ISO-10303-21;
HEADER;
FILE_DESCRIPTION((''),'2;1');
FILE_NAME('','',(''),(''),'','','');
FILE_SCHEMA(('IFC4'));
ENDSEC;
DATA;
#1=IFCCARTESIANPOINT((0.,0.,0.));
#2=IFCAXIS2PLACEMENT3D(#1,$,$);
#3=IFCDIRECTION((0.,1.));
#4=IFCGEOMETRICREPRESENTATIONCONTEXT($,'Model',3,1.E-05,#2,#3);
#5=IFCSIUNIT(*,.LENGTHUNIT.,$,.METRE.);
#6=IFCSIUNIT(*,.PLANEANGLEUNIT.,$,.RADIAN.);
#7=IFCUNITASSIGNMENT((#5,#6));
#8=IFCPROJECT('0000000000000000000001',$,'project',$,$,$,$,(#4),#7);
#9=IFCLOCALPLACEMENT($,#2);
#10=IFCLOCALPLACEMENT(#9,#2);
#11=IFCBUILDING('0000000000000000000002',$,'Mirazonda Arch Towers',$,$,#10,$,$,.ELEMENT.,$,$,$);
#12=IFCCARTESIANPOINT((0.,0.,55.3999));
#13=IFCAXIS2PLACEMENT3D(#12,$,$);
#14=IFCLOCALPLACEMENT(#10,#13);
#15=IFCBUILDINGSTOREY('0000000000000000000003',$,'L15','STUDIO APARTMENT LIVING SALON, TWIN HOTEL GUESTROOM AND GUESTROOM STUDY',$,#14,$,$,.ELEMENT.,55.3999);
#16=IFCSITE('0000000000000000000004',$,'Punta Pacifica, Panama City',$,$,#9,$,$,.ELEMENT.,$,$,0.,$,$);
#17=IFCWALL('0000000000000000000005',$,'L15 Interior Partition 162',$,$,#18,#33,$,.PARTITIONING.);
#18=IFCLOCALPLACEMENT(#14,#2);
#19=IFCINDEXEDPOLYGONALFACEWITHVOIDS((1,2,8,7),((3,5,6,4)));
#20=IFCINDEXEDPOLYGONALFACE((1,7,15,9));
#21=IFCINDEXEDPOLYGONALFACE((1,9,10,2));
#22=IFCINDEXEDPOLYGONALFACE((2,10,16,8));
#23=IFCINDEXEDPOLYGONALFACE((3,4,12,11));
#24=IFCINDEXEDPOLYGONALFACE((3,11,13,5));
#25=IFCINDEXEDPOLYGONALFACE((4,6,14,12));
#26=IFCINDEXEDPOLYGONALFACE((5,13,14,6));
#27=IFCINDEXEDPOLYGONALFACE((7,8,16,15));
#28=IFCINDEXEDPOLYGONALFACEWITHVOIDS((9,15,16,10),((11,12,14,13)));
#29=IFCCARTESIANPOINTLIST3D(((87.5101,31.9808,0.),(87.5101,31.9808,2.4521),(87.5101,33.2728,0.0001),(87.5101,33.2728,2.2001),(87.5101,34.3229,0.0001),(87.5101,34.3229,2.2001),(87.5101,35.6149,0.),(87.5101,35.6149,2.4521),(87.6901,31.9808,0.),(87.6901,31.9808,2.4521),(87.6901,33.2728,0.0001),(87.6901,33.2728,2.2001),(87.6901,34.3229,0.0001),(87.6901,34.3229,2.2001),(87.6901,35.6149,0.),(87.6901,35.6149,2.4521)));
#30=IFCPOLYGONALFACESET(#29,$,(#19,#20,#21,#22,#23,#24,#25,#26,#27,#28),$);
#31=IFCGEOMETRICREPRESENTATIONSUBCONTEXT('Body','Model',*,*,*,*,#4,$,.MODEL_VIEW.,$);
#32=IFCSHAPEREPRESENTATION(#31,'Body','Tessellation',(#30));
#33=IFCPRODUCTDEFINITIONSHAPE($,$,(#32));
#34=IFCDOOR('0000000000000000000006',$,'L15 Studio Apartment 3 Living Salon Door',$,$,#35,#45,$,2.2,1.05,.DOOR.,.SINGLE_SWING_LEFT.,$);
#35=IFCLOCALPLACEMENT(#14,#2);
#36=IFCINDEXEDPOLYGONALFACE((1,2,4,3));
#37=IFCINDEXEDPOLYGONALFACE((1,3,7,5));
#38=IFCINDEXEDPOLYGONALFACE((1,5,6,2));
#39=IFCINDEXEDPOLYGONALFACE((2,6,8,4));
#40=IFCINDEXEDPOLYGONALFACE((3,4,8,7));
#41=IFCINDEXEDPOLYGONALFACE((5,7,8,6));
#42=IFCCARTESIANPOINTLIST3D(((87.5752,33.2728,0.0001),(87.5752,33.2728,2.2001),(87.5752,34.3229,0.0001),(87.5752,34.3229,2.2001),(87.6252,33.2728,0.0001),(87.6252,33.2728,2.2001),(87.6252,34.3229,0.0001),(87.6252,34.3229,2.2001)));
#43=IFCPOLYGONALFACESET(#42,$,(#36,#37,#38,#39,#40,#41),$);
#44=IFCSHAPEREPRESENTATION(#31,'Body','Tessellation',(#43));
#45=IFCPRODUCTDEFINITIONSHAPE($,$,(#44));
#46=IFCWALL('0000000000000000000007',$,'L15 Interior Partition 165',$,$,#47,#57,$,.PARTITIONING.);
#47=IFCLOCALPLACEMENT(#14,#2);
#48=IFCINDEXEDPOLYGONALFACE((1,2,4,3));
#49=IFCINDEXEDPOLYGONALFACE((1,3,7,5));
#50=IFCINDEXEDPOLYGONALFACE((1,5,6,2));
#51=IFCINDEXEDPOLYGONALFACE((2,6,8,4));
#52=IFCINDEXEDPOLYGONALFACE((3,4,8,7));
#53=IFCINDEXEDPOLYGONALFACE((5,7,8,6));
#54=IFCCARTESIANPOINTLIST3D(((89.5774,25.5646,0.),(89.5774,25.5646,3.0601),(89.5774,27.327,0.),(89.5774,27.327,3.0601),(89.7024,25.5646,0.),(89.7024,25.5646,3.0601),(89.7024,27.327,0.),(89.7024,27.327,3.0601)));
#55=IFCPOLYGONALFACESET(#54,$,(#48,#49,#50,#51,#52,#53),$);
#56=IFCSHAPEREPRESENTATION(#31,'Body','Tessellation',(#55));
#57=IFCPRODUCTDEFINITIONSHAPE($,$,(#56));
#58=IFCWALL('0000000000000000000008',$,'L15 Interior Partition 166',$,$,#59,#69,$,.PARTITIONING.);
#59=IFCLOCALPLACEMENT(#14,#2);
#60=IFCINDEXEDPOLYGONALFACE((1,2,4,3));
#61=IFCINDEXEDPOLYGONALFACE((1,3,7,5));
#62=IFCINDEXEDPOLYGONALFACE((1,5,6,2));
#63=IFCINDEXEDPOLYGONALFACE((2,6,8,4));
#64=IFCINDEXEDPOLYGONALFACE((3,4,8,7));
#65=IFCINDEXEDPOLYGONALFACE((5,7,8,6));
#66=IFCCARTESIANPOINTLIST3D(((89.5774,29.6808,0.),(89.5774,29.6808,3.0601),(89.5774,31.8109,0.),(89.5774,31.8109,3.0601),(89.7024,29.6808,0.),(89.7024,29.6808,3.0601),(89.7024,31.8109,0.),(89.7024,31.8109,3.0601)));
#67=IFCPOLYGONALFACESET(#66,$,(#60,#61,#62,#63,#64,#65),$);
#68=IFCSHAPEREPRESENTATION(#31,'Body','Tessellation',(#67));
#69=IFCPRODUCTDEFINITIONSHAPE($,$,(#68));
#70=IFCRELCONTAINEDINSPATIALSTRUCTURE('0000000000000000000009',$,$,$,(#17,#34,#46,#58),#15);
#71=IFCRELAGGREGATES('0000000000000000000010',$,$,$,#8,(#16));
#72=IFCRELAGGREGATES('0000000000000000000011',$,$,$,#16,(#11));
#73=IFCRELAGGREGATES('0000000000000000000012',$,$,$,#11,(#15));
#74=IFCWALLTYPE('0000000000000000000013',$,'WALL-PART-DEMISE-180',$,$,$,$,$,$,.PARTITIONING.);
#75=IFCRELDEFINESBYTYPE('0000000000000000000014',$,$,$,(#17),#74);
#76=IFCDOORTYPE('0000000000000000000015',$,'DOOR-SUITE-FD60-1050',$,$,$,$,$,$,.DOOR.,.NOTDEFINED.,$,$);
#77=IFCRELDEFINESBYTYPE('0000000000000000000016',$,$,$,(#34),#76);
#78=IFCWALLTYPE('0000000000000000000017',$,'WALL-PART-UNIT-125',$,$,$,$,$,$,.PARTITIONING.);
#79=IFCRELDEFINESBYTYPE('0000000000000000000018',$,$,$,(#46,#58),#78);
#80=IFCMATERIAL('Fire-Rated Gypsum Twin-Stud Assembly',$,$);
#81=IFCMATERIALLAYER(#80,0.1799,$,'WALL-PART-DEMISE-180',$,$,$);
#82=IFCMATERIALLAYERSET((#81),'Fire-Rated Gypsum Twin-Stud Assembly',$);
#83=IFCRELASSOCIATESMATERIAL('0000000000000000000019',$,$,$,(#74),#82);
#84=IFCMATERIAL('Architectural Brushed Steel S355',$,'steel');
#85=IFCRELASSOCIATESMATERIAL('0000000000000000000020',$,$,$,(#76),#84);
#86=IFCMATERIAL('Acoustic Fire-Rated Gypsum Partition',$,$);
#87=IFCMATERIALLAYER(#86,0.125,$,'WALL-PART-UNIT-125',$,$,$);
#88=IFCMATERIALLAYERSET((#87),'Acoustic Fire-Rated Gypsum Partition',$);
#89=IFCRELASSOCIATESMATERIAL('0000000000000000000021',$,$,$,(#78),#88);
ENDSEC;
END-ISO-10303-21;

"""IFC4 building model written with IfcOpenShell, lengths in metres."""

from ifc_helpers import new_model, si_unit, direction, frame, frame_2d, origin, place, context, subcontext, project, spatial, rectangle, extrude, material, layer, layer_set, type_object, element, fill, save


model = new_model("IFC4")

# Units and contexts
model_context = context("Model", 3, precision=1e-05, world=origin(), true_north=direction((0.0, 1.0)))
body_context = subcontext(model_context, "Body", "Model", "MODEL_VIEW")
ifc_project = project(units=[si_unit("LENGTHUNIT", "METRE"), si_unit("PLANEANGLEUNIT", "RADIAN")], contexts=[model_context])

# Site, building, storey
site_placement = place(None, origin())
site = spatial("IfcSite", under=ifc_project, at=site_placement, Name="Punta Pacifica, Panama City", CompositionType="ELEMENT", RefElevation=0.0)
building_placement = place(site_placement, origin())
building = spatial("IfcBuilding", under=site, at=building_placement, Name="Mirazonda Arch Towers", CompositionType="ELEMENT")
storey_placement = place(building_placement, frame((0.0, 0.0, 55.3999)))
storey = spatial("IfcBuildingStorey", under=building, at=storey_placement, Name="L15", Description="STUDIO APARTMENT LIVING SALON, TWIN HOTEL GUESTROOM AND GUESTROOM STUDY", CompositionType="ELEMENT", Elevation=55.3999)

# Shared definitions
ifc_material_1 = material(Name="Architectural Brushed Steel S355", Category="steel")

# Shared definitions
ifc_material_2 = material(Name="Fire-Rated Gypsum Twin-Stud Assembly")
ifc_layer_1 = layer(ifc_material_2, 0.1799, Name="WALL-PART-DEMISE-180")
ifc_layer_set_1 = layer_set([ifc_layer_1], Name="Fire-Rated Gypsum Twin-Stud Assembly")
wall_type_1 = type_object("IfcWallType", Name="WALL-PART-DEMISE-180", PredefinedType="PARTITIONING", material=ifc_layer_set_1)
door_type_1 = type_object("IfcDoorType", Name="DOOR-SUITE-FD60-1050", OperationType="NOTDEFINED", PredefinedType="DOOR", material=ifc_material_1)

# Wall, opening, door
wall_1_placement = place(storey_placement, frame((87.6001, 31.981, 0.0), z_axis=(0.0, 0.0, 1.0), x_axis=(0.0, 1.0, 0.0)))
wall_1 = element("IfcWall", 1, at=wall_1_placement, inside=storey, type_object=wall_type_1, Name="L15 Interior Partition 162", PredefinedType="PARTITIONING", context=body_context, shape_type="SweptSolid", body=[
    extrude(rectangle(XDim=3.634, YDim=0.1799, at=frame_2d((1.8169, 0.0))), origin(), (0.0, 0.0, 1.0), 2.4521),
])
opening_1_placement = place(wall_1_placement, frame((1.292, 0.0, 0.0)))
opening_1 = element("IfcOpeningElement", 2, at=opening_1_placement, cuts=wall_1, PredefinedType="OPENING", context=body_context, shape_type="SweptSolid", body=[
    extrude(rectangle(XDim=1.05, YDim=2.2, at=frame_2d((0.5249, 1.1001))), frame((0.0, 0.0999, 0.0), z_axis=(0.0, -1.0, 0.0), x_axis=(1.0, 0.0, 0.0)), (0.0, 0.0, 1.0), 0.2),
])
door_1_placement = place(opening_1_placement, origin())
door_1 = element("IfcDoor", 3, at=door_1_placement, inside=storey, type_object=door_type_1, Name="L15 Studio Apartment 3 Living Salon Door", OperationType="SINGLE_SWING_LEFT", OverallHeight=2.2, OverallWidth=1.05, PredefinedType="DOOR", context=body_context, shape_type="SweptSolid", body=[
    extrude(rectangle(XDim=1.05, YDim=2.2, at=frame_2d((0.5249, 1.1001))), frame((0.0, 0.0249, 0.0), z_axis=(0.0, -1.0, 0.0), x_axis=(1.0, 0.0, 0.0)), (0.0, 0.0, 1.0), 0.05),
])
fill(opening_1, door_1)

# Walls
ifc_material_3 = material(Name="Acoustic Fire-Rated Gypsum Partition")
ifc_layer_2 = layer(ifc_material_3, 0.125, Name="WALL-PART-UNIT-125")
ifc_layer_set_2 = layer_set([ifc_layer_2], Name="Acoustic Fire-Rated Gypsum Partition")
wall_type_2 = type_object("IfcWallType", Name="WALL-PART-UNIT-125", PredefinedType="PARTITIONING", material=ifc_layer_set_2)
wall_2_placement = place(storey_placement, frame((89.6399, 25.5645, 0.0), z_axis=(0.0, 0.0, 1.0), x_axis=(0.0, 1.0, 0.0)))
element("IfcWall", 4, at=wall_2_placement, inside=storey, type_object=wall_type_2, Name="L15 Interior Partition 165", PredefinedType="PARTITIONING", context=body_context, shape_type="SweptSolid", body=[
    extrude(rectangle(XDim=1.7625, YDim=0.125, at=frame_2d((0.8813, 0.0))), origin(), (0.0, 0.0, 1.0), 3.0601),
])
wall_3_placement = place(storey_placement, frame((89.6399, 29.6809, 0.0), z_axis=(0.0, 0.0, 1.0), x_axis=(0.0, 1.0, 0.0)))
element("IfcWall", 5, at=wall_3_placement, inside=storey, type_object=wall_type_2, Name="L15 Interior Partition 166", PredefinedType="PARTITIONING", context=body_context, shape_type="SweptSolid", body=[
    extrude(rectangle(XDim=2.1301, YDim=0.125, at=frame_2d((1.0649, 0.0))), origin(), (0.0, 0.0, 1.0), 3.0601),
])

save(model, "model.ifc")
